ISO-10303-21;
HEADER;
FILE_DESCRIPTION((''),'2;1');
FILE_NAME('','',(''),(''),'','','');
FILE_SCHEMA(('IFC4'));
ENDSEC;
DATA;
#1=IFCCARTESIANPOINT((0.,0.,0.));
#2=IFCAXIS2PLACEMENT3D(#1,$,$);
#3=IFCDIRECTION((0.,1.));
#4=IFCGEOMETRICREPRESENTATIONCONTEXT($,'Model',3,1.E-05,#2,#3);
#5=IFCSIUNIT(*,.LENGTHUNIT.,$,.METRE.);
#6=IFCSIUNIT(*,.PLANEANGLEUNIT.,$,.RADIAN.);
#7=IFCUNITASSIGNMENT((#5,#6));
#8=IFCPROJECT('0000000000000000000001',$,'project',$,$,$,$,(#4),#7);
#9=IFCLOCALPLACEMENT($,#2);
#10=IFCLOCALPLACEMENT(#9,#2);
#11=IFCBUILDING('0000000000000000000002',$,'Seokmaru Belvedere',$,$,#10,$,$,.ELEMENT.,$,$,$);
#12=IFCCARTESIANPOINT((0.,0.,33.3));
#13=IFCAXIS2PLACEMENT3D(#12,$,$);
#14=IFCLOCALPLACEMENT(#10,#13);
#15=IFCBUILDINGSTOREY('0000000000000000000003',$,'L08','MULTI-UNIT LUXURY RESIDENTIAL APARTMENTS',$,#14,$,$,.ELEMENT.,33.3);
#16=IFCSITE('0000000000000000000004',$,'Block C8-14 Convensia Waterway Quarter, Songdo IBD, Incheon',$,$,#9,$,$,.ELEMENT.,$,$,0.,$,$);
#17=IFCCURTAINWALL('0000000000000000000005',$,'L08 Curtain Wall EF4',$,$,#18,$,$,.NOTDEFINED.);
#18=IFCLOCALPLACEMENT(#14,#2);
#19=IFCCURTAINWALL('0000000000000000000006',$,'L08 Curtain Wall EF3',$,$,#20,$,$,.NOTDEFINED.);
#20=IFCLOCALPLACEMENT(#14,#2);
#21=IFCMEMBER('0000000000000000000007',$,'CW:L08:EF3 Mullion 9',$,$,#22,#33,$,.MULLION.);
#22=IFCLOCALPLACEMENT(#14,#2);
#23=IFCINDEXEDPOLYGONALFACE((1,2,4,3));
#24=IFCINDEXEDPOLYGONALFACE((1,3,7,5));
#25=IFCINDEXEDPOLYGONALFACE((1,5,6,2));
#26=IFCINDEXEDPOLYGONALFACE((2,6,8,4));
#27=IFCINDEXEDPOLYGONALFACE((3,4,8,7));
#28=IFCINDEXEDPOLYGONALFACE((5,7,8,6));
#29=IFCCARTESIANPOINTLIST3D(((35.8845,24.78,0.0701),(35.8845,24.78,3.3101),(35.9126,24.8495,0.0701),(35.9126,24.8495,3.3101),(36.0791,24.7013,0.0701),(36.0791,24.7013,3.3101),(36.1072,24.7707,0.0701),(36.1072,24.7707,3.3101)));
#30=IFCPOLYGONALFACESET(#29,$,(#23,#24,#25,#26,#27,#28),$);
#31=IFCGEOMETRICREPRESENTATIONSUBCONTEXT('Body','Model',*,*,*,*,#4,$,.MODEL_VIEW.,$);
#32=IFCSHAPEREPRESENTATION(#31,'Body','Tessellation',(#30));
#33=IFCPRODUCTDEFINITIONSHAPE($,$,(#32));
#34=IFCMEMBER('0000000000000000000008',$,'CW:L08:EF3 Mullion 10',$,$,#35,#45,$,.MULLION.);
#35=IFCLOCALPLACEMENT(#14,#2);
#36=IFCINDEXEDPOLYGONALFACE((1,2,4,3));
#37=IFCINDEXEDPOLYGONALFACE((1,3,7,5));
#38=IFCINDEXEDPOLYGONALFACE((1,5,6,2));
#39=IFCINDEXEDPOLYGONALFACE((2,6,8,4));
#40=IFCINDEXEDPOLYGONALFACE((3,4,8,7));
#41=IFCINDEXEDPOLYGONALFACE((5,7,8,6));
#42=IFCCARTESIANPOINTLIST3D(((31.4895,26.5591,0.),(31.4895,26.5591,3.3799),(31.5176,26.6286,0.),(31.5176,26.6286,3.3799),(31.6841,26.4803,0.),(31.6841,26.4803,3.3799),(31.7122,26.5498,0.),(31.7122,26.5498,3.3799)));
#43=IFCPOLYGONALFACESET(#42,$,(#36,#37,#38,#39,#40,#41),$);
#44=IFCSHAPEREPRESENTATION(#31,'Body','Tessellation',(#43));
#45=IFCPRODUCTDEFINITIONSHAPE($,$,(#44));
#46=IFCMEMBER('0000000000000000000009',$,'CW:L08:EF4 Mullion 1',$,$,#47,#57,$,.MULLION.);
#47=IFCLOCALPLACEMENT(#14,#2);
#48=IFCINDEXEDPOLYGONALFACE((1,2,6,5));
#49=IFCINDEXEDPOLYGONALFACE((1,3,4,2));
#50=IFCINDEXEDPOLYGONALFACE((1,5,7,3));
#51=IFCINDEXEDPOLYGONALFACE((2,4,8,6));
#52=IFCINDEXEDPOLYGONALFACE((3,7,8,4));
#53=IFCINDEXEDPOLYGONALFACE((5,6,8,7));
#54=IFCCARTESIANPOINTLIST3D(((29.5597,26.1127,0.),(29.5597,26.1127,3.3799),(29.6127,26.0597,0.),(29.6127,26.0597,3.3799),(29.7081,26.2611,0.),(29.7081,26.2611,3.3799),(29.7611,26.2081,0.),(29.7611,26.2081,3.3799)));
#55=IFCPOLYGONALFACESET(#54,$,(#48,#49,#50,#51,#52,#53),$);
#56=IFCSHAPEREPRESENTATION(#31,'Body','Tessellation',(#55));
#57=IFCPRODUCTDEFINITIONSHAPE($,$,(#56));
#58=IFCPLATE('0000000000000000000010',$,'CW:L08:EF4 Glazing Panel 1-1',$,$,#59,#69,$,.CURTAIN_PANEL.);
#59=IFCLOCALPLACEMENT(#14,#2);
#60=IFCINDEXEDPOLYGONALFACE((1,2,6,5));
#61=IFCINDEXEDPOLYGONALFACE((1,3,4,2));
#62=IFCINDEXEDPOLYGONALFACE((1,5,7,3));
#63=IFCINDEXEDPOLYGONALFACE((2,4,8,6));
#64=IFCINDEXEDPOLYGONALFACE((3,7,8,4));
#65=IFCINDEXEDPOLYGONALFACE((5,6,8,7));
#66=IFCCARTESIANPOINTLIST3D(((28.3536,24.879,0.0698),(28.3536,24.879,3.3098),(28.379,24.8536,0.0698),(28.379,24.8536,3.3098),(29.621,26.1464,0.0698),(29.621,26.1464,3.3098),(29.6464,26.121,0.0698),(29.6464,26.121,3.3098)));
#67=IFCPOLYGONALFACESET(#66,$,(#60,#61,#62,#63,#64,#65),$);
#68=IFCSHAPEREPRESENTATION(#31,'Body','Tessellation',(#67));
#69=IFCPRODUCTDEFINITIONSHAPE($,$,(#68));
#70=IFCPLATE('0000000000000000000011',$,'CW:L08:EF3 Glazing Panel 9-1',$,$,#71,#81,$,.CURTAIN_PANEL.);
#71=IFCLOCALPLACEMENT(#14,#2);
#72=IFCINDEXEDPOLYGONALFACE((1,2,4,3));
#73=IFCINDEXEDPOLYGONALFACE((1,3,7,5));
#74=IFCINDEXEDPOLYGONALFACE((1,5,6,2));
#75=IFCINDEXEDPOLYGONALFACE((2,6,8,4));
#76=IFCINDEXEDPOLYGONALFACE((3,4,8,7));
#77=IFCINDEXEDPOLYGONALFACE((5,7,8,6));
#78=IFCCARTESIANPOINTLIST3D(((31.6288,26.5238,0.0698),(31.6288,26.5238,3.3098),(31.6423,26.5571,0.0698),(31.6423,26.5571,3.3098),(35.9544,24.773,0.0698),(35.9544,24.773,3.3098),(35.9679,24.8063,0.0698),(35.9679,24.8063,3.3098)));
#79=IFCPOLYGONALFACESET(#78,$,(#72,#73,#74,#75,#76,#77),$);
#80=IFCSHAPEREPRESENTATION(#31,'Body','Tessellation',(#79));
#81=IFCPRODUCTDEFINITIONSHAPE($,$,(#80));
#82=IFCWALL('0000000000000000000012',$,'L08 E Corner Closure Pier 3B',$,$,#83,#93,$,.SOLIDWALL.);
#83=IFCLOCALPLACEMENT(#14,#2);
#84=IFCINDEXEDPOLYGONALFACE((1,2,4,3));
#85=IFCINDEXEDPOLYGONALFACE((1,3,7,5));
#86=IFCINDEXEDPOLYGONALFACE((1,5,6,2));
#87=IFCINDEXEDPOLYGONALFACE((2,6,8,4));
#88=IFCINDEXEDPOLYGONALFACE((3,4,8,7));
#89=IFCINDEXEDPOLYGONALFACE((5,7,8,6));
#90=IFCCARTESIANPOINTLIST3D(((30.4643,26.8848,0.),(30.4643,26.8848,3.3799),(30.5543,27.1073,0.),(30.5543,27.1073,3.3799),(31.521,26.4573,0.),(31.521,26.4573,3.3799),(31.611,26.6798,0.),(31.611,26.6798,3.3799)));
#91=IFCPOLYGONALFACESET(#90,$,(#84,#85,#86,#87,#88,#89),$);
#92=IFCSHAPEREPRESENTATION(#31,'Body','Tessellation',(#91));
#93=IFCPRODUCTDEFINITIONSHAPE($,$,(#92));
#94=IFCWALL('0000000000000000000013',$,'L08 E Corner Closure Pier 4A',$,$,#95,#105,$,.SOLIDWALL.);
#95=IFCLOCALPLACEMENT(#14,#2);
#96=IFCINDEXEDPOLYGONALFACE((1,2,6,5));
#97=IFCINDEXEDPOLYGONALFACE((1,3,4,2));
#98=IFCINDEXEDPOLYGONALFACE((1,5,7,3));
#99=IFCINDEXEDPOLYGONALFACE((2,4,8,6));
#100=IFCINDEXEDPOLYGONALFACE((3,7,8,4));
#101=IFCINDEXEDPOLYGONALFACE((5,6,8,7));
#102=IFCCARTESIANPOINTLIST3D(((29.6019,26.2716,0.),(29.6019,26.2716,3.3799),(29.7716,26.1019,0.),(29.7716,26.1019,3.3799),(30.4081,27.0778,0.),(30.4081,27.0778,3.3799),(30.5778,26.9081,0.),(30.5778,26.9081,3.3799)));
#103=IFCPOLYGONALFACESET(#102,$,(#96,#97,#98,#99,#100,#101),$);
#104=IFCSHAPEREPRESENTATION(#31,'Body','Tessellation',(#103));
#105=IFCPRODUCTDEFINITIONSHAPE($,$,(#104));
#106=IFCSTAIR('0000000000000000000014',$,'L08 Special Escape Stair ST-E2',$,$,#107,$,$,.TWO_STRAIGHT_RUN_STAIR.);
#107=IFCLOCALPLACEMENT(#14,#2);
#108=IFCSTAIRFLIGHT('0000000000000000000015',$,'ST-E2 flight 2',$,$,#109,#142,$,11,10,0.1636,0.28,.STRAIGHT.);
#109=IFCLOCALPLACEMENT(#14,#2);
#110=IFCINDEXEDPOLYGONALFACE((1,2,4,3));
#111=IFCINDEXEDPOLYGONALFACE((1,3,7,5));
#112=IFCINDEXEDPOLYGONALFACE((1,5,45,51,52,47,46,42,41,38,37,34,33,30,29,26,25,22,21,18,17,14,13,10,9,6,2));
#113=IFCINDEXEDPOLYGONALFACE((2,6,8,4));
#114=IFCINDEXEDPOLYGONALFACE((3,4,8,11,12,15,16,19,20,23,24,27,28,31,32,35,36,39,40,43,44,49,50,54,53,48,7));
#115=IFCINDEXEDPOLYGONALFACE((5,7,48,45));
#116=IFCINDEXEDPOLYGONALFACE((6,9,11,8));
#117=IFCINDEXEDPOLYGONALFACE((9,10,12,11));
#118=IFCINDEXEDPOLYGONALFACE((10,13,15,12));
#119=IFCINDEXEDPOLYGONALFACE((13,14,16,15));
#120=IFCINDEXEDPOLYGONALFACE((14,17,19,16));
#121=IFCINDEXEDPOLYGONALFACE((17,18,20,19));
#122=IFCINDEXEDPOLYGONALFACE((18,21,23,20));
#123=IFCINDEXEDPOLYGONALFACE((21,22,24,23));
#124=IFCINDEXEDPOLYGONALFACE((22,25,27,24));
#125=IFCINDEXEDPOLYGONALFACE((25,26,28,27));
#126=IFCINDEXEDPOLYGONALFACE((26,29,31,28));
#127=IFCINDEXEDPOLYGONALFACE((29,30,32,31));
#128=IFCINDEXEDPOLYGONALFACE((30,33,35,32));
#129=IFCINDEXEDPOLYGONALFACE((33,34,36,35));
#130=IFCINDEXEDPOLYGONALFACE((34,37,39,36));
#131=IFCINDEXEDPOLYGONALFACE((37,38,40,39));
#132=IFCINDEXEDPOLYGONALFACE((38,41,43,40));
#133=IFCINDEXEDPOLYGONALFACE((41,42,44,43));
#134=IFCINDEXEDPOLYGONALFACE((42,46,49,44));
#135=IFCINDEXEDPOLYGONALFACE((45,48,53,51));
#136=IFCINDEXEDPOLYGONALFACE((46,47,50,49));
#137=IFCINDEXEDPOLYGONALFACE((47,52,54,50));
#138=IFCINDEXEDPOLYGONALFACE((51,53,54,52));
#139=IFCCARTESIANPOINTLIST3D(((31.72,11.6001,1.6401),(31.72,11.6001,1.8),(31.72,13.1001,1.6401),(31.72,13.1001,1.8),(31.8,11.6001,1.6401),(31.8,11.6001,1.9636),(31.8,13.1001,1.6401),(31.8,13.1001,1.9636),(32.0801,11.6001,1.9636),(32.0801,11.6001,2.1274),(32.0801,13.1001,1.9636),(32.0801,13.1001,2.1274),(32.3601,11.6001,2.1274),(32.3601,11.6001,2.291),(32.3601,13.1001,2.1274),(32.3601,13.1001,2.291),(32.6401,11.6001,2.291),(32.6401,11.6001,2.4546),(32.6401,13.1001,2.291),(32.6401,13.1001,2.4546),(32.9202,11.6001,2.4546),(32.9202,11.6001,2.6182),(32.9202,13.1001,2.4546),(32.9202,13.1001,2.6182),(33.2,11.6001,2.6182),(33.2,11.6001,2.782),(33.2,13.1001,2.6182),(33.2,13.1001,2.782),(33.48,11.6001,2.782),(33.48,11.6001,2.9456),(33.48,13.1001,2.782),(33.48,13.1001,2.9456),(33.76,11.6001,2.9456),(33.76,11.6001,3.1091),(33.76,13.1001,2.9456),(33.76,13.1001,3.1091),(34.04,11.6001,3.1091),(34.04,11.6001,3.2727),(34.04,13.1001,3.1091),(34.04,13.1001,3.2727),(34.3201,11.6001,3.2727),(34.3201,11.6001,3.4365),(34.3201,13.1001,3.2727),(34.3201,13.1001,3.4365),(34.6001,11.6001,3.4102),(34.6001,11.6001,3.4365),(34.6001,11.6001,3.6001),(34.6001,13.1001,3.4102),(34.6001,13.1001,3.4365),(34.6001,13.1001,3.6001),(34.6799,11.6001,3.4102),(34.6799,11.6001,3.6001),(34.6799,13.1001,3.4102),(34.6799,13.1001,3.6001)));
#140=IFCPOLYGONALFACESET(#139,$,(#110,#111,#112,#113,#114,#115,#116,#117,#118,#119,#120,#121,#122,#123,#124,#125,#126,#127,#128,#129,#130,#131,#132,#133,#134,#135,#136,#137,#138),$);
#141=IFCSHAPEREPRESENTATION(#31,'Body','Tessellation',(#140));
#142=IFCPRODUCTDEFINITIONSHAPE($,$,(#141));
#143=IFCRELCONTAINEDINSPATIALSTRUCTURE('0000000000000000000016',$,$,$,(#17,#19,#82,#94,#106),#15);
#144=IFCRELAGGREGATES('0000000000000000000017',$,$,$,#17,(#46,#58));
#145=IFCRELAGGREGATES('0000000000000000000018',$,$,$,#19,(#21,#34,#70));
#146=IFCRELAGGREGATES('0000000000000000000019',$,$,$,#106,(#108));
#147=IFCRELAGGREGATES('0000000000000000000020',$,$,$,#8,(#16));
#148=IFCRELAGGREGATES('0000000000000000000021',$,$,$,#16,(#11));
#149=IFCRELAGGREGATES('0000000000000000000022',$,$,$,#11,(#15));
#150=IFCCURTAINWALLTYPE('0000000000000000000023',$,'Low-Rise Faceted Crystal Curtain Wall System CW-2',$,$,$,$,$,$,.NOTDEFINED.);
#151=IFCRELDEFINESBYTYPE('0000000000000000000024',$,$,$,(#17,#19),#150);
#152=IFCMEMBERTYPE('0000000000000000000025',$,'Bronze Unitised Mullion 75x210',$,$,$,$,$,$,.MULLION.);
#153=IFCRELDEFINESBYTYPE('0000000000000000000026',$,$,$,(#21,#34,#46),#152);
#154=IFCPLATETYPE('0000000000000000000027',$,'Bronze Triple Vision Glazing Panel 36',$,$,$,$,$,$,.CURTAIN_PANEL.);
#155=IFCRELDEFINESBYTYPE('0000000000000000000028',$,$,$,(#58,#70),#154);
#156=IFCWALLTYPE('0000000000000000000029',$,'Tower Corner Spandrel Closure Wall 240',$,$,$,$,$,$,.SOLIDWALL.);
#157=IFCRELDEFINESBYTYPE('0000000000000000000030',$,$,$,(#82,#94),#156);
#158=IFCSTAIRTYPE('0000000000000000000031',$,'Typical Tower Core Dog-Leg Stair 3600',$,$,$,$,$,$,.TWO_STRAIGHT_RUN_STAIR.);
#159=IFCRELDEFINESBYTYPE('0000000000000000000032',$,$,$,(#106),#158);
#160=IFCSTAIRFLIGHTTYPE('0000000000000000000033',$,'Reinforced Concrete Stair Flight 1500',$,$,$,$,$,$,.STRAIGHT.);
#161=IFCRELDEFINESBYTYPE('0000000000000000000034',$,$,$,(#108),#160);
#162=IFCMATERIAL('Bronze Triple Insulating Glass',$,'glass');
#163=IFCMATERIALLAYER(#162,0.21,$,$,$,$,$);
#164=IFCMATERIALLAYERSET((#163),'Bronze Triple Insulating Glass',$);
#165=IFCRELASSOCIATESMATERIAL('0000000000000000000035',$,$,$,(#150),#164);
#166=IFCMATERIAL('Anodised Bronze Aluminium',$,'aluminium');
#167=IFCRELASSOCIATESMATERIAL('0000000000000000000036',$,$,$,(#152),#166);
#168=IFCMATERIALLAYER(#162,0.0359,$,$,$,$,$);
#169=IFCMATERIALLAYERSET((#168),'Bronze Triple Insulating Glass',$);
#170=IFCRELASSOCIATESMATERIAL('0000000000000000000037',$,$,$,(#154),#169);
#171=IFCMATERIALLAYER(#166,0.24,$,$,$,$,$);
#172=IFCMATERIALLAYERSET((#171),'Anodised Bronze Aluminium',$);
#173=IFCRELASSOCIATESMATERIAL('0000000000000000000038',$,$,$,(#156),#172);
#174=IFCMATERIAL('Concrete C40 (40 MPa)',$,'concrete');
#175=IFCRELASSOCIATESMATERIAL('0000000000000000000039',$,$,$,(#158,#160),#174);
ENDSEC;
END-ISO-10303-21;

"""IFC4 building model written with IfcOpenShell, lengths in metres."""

from ifc_helpers import new_model, si_unit, direction, frame, frame_2d, origin, origin_2d, place, context, subcontext, project, spatial, polyline, rectangle, outline, extrude, source, transform, mapped, material, layer, layer_set, material_profile, profile_set, type_object, type_shapes, element, aggregate, save


model = new_model("IFC4")

# Units and contexts
model_context = context("Model", 3, precision=1e-05, world=origin(), true_north=direction((0.0, 1.0)))
body_context = subcontext(model_context, "Body", "Model", "MODEL_VIEW")
ifc_project = project(units=[si_unit("LENGTHUNIT", "METRE"), si_unit("PLANEANGLEUNIT", "RADIAN")], contexts=[model_context])

# Site, building, storey
site_placement = place(None, origin())
site = spatial("IfcSite", under=ifc_project, at=site_placement, Name="Block C8-14 Convensia Waterway Quarter, Songdo IBD, Incheon", CompositionType="ELEMENT", RefElevation=0.0)
building_placement = place(site_placement, origin())
building = spatial("IfcBuilding", under=site, at=building_placement, Name="Seokmaru Belvedere", CompositionType="ELEMENT")
storey_placement = place(building_placement, frame((0.0, 0.0, 33.3)))
storey = spatial("IfcBuildingStorey", under=building, at=storey_placement, Name="L08", Description="MULTI-UNIT LUXURY RESIDENTIAL APARTMENTS", CompositionType="ELEMENT", Elevation=33.3)

# Curtain walls, members
ifc_material_1 = material(Name="Bronze Triple Insulating Glass", Category="glass")
ifc_layer_1 = layer(ifc_material_1, 0.21)
ifc_layer_set_1 = layer_set([ifc_layer_1], Name="Bronze Triple Insulating Glass")
curtain_wall_type = type_object("IfcCurtainWallType", Name="Low-Rise Faceted Crystal Curtain Wall System CW-2", PredefinedType="NOTDEFINED", material=ifc_layer_set_1)
curtain_wall_1_placement = place(storey_placement, origin())
curtain_wall_1 = element("IfcCurtainWall", 1, at=curtain_wall_1_placement, inside=storey, type_object=curtain_wall_type, Name="L08 Curtain Wall EF4", PredefinedType="NOTDEFINED")
ifc_material_2 = material(Name="Anodised Bronze Aluminium", Category="aluminium")
curtain_wall_2_placement = place(storey_placement, origin())
curtain_wall_2 = element("IfcCurtainWall", 2, at=curtain_wall_2_placement, inside=storey, type_object=curtain_wall_type, Name="L08 Curtain Wall EF3", PredefinedType="NOTDEFINED")
ifc_material_profile_1 = material_profile(ifc_material_2, rectangle(XDim=0.075, YDim=0.21, at=origin_2d()), Name="CW-M-75x210")
ifc_profile_set_1 = profile_set([ifc_material_profile_1], Name="Anodised Bronze Aluminium")
member_type_1 = type_object("IfcMemberType", Name="Bronze Unitised Mullion 75x210", PredefinedType="MULLION", material=ifc_profile_set_1)
shared_shape_1 = source(origin(), body_context, "Body", "SweptSolid", [
    extrude(rectangle(XDim=0.075, YDim=0.21, at=origin_2d()), origin(), (0.0, 0.0, 1.0), 3.24),
])
member_1_placement = place(storey_placement, frame((35.9958, 24.7754, 0.0701), z_axis=(0.0, 0.0, 1.0), x_axis=(-0.375192, -0.926947, 0.0)))
member_1 = element("IfcMember", 3, at=member_1_placement, type_object=member_type_1, Name="CW:L08:EF3 Mullion 9", PredefinedType="MULLION", context=body_context, shape_type="MappedRepresentation", body=[
    mapped(shared_shape_1, transform((0.0, 0.0, 0.0), scale=1.0)),
])
shared_shape_2 = source(origin(), body_context, "Body", "SweptSolid", [
    extrude(rectangle(XDim=0.075, YDim=0.21, at=origin_2d()), origin(), (0.0, 0.0, 1.0), 3.3799),
])
type_shapes(member_type_1, [shared_shape_1, shared_shape_2])
member_2_placement = place(storey_placement, frame((31.6008, 26.5544, 0.0), z_axis=(0.0, 0.0, 1.0), x_axis=(-0.375192, -0.926947, 0.0)))
member_2 = element("IfcMember", 4, at=member_2_placement, type_object=member_type_1, Name="CW:L08:EF3 Mullion 10", PredefinedType="MULLION", context=body_context, shape_type="MappedRepresentation", body=[
    mapped(shared_shape_2, transform((0.0, 0.0, 0.0), scale=1.0)),
])

# Member
member_3_placement = place(storey_placement, frame((29.6604, 26.1604, 0.0), z_axis=(0.0, 0.0, 1.0), x_axis=(0.707107, -0.707107, 0.0)))
member_3 = element("IfcMember", 5, at=member_3_placement, type_object=member_type_1, Name="CW:L08:EF4 Mullion 1", PredefinedType="MULLION", context=body_context, shape_type="MappedRepresentation", body=[
    mapped(shared_shape_2, transform((0.0, 0.0, 0.0), scale=1.0)),
])

# Plates
ifc_layer_2 = layer(ifc_material_1, 0.0359)
ifc_layer_set_2 = layer_set([ifc_layer_2], Name="Bronze Triple Insulating Glass")
plate_type = type_object("IfcPlateType", Name="Bronze Triple Vision Glazing Panel 36", PredefinedType="CURTAIN_PANEL", material=ifc_layer_set_2)
shared_shape_3 = source(origin(), body_context, "Body", "SweptSolid", [
    extrude(rectangle(XDim=1.7925, YDim=0.0359, at=origin_2d()), origin(), (0.0, 0.0, 1.0), 3.24),
])
plate_1_placement = place(storey_placement, frame((29.0, 25.5, 0.0698), z_axis=(0.0, 0.0, 1.0), x_axis=(-0.707107, -0.707107, 0.0)))
plate_1 = element("IfcPlate", 6, at=plate_1_placement, type_object=plate_type, Name="CW:L08:EF4 Glazing Panel 1-1", PredefinedType="CURTAIN_PANEL", context=body_context, shape_type="MappedRepresentation", body=[
    mapped(shared_shape_3, transform((0.0, 0.0, 0.0), scale=1.0)),
])
aggregate(curtain_wall_1, [member_3, plate_1])
shared_shape_4 = source(origin(), body_context, "Body", "SweptSolid", [
    extrude(rectangle(XDim=4.6665, YDim=0.0359, at=origin_2d()), origin(), (0.0, 0.0, 1.0), 3.24),
])
type_shapes(plate_type, [shared_shape_3, shared_shape_4])
plate_2_placement = place(storey_placement, frame((33.7983, 25.665, 0.0698), z_axis=(0.0, 0.0, 1.0), x_axis=(-0.926947, 0.375192, 0.0)))
plate_2 = element("IfcPlate", 7, at=plate_2_placement, type_object=plate_type, Name="CW:L08:EF3 Glazing Panel 9-1", PredefinedType="CURTAIN_PANEL", context=body_context, shape_type="MappedRepresentation", body=[
    mapped(shared_shape_4, transform((0.0, 0.0, 0.0), scale=1.0)),
])
aggregate(curtain_wall_2, [member_1, member_2, plate_2])

# Walls
ifc_layer_3 = layer(ifc_material_2, 0.24)
ifc_layer_set_3 = layer_set([ifc_layer_3], Name="Anodised Bronze Aluminium")
wall_type = type_object("IfcWallType", Name="Tower Corner Spandrel Closure Wall 240", PredefinedType="SOLIDWALL", material=ifc_layer_set_3)
wall_1_placement = place(storey_placement, frame((31.5659, 26.5686, 0.0), z_axis=(0.0, 0.0, 1.0), x_axis=(-0.927007, 0.375044, 0.0)))
element("IfcWall", 8, at=wall_1_placement, inside=storey, type_object=wall_type, Name="L08 E Corner Closure Pier 3B", PredefinedType="SOLIDWALL", context=body_context, shape_type="SweptSolid", body=[
    extrude(rectangle(XDim=1.1399, YDim=0.24, at=frame_2d((0.5698, 0.0))), origin(), (0.0, 0.0, 1.0), 3.3799),
])
wall_2_placement = place(storey_placement, frame((30.4929, 26.9929, 0.0), z_axis=(0.0, 0.0, 1.0), x_axis=(-0.707107, -0.707107, 0.0)))
element("IfcWall", 9, at=wall_2_placement, inside=storey, type_object=wall_type, Name="L08 E Corner Closure Pier 4A", PredefinedType="SOLIDWALL", context=body_context, shape_type="SweptSolid", body=[
    extrude(rectangle(XDim=1.1401, YDim=0.24, at=frame_2d((0.5701, 0.0))), origin(), (0.0, 0.0, 1.0), 3.3799),
])

# Stair, stair flight
ifc_material_3 = material(Name="Concrete C40 (40 MPa)", Category="concrete")
stair_type = type_object("IfcStairType", Name="Typical Tower Core Dog-Leg Stair 3600", PredefinedType="TWO_STRAIGHT_RUN_STAIR", material=ifc_material_3)
stair_placement = place(storey_placement, origin())
stair = element("IfcStair", 10, at=stair_placement, inside=storey, type_object=stair_type, Name="L08 Special Escape Stair ST-E2", PredefinedType="TWO_STRAIGHT_RUN_STAIR")
stair_flight_type = type_object("IfcStairFlightType", Name="Reinforced Concrete Stair Flight 1500", PredefinedType="STRAIGHT", material=ifc_material_3)
stair_flight_placement = place(storey_placement, frame((31.8, 12.3501, 1.8), z_axis=(0.0, 0.0, 1.0), x_axis=(1.0, 0.0, 0.0)))
stair_flight = element("IfcStairFlight", 11, at=stair_flight_placement, type_object=stair_flight_type, Name="ST-E2 flight 2", NumberOfRisers=11, NumberOfTreads=10, PredefinedType="STRAIGHT", RiserHeight=0.1636, TreadLength=0.28, context=body_context, shape_type="SweptSolid", body=[
    extrude(outline(polyline([(-0.0801, 0.0), (0.0, 0.1636), (0.28, 0.1636), (0.28, 0.3274), (0.5601, 0.3274), (0.5601, 0.491), (0.8401, 0.491), (0.8401, 0.6545), (1.1201, 0.6545), (1.1201, 0.8181), (1.3999, 0.8181), (1.3999, 0.9819), (1.6799, 0.9819), (1.6799, 1.1455), (1.96, 1.1455), (1.96, 1.3091), (2.24, 1.3091), (2.24, 1.4727), (2.52, 1.4727), (2.52, 1.6365), (2.8, 1.6365), (2.8, 1.8), (2.8799, 1.8), (2.8799, 1.6101), (2.8, 1.6101), (0.0, -0.1599), (-0.0801, -0.1599), (-0.0801, 0.0)])), frame((0.0, 0.75, 0.0), z_axis=(0.0, -1.0, 0.0), x_axis=(1.0, 0.0, 0.0)), (0.0, 0.0, 1.0), 1.5),
])
aggregate(stair, [stair_flight])

save(model, "model.ifc")
